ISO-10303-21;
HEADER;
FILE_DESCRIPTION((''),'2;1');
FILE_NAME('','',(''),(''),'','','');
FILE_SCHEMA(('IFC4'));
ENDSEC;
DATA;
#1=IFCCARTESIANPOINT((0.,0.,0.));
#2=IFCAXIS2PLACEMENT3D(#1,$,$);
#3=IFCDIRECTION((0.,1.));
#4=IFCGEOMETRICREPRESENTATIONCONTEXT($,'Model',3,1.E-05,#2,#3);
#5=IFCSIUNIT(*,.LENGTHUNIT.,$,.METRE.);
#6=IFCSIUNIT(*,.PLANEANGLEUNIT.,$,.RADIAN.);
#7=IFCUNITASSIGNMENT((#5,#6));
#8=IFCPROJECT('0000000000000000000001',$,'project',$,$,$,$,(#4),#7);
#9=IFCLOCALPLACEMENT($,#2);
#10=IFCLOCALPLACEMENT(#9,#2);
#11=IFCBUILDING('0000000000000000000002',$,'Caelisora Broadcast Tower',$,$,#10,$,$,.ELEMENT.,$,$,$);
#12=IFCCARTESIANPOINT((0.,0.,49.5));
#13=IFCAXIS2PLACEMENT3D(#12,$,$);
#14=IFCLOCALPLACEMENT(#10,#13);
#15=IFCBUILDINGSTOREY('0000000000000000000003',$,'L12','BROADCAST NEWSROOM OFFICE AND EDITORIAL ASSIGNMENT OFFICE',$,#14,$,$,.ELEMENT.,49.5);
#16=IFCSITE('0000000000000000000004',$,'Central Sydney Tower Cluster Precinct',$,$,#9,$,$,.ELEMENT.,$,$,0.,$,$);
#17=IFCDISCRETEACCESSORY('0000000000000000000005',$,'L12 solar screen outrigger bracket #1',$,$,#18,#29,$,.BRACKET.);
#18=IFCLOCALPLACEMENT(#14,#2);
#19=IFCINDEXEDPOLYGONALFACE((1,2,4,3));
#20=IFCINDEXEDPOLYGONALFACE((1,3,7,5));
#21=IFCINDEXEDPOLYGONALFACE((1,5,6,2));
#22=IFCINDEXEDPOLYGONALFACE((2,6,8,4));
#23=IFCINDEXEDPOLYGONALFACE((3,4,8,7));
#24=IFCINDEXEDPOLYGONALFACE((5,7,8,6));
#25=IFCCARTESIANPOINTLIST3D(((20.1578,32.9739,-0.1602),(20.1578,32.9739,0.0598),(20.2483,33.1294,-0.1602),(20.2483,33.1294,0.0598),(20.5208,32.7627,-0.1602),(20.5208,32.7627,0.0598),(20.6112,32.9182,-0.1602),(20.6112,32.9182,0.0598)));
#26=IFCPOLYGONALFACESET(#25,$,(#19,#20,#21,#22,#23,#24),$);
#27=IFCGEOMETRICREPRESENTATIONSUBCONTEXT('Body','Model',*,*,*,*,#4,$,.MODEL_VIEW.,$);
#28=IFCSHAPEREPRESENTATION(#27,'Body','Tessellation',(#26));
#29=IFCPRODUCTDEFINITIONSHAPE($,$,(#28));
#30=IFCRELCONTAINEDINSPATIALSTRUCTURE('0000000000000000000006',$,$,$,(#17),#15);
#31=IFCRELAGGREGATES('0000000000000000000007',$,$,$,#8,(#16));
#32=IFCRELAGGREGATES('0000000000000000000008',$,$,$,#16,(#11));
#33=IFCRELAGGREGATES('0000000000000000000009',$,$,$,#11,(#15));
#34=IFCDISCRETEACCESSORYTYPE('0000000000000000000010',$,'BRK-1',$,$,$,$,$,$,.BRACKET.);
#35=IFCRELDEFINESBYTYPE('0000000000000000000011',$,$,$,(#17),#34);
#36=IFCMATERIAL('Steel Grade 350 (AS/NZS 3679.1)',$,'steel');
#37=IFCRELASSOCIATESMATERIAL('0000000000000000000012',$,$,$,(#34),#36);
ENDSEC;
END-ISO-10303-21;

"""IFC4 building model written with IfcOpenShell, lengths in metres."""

from ifc_helpers import new_model, si_unit, direction, frame, origin, origin_2d, place, context, subcontext, project, spatial, rectangle, extrude, source, transform, mapped, material, type_object, type_shapes, element, save


model = new_model("IFC4")

# Units and contexts
model_context = context("Model", 3, precision=1e-05, world=origin(), true_north=direction((0.0, 1.0)))
body_context = subcontext(model_context, "Body", "Model", "MODEL_VIEW")
ifc_project = project(units=[si_unit("LENGTHUNIT", "METRE"), si_unit("PLANEANGLEUNIT", "RADIAN")], contexts=[model_context])

# Site, building, storey
site_placement = place(None, origin())
site = spatial("IfcSite", under=ifc_project, at=site_placement, Name="Central Sydney Tower Cluster Precinct", CompositionType="ELEMENT", RefElevation=0.0)
building_placement = place(site_placement, origin())
building = spatial("IfcBuilding", under=site, at=building_placement, Name="Caelisora Broadcast Tower", CompositionType="ELEMENT")
storey_placement = place(building_placement, frame((0.0, 0.0, 49.5)))
storey = spatial("IfcBuildingStorey", under=building, at=storey_placement, Name="L12", Description="BROADCAST NEWSROOM OFFICE AND EDITORIAL ASSIGNMENT OFFICE", CompositionType="ELEMENT", Elevation=49.5)

# Shared definitions
ifc_material_1 = material(Name="Steel Grade 350 (AS/NZS 3679.1)", Category="steel")

# Discrete accessory
discrete_accessory_type = type_object("IfcDiscreteAccessoryType", Name="BRK-1", PredefinedType="BRACKET", material=ifc_material_1)
shared_shape_1 = source(origin(), body_context, "Body", "SweptSolid", [
    extrude(rectangle(XDim=0.1799, YDim=0.4199, at=origin_2d()), origin(), (0.0, 0.0, 1.0), 0.22),
])
type_shapes(discrete_accessory_type, [shared_shape_1])
discrete_accessory_placement = place(storey_placement, frame((20.3845, 32.946, -0.1602), z_axis=(0.0, 0.0, 1.0), x_axis=(-0.502869, -0.864363, 0.0)))
element("IfcDiscreteAccessory", 1, at=discrete_accessory_placement, inside=storey, type_object=discrete_accessory_type, Name="L12 solar screen outrigger bracket #1", PredefinedType="BRACKET", context=body_context, shape_type="MappedRepresentation", body=[
    mapped(shared_shape_1, transform((0.0, 0.0, 0.0), scale=1.0)),
])

save(model, "model.ifc")
